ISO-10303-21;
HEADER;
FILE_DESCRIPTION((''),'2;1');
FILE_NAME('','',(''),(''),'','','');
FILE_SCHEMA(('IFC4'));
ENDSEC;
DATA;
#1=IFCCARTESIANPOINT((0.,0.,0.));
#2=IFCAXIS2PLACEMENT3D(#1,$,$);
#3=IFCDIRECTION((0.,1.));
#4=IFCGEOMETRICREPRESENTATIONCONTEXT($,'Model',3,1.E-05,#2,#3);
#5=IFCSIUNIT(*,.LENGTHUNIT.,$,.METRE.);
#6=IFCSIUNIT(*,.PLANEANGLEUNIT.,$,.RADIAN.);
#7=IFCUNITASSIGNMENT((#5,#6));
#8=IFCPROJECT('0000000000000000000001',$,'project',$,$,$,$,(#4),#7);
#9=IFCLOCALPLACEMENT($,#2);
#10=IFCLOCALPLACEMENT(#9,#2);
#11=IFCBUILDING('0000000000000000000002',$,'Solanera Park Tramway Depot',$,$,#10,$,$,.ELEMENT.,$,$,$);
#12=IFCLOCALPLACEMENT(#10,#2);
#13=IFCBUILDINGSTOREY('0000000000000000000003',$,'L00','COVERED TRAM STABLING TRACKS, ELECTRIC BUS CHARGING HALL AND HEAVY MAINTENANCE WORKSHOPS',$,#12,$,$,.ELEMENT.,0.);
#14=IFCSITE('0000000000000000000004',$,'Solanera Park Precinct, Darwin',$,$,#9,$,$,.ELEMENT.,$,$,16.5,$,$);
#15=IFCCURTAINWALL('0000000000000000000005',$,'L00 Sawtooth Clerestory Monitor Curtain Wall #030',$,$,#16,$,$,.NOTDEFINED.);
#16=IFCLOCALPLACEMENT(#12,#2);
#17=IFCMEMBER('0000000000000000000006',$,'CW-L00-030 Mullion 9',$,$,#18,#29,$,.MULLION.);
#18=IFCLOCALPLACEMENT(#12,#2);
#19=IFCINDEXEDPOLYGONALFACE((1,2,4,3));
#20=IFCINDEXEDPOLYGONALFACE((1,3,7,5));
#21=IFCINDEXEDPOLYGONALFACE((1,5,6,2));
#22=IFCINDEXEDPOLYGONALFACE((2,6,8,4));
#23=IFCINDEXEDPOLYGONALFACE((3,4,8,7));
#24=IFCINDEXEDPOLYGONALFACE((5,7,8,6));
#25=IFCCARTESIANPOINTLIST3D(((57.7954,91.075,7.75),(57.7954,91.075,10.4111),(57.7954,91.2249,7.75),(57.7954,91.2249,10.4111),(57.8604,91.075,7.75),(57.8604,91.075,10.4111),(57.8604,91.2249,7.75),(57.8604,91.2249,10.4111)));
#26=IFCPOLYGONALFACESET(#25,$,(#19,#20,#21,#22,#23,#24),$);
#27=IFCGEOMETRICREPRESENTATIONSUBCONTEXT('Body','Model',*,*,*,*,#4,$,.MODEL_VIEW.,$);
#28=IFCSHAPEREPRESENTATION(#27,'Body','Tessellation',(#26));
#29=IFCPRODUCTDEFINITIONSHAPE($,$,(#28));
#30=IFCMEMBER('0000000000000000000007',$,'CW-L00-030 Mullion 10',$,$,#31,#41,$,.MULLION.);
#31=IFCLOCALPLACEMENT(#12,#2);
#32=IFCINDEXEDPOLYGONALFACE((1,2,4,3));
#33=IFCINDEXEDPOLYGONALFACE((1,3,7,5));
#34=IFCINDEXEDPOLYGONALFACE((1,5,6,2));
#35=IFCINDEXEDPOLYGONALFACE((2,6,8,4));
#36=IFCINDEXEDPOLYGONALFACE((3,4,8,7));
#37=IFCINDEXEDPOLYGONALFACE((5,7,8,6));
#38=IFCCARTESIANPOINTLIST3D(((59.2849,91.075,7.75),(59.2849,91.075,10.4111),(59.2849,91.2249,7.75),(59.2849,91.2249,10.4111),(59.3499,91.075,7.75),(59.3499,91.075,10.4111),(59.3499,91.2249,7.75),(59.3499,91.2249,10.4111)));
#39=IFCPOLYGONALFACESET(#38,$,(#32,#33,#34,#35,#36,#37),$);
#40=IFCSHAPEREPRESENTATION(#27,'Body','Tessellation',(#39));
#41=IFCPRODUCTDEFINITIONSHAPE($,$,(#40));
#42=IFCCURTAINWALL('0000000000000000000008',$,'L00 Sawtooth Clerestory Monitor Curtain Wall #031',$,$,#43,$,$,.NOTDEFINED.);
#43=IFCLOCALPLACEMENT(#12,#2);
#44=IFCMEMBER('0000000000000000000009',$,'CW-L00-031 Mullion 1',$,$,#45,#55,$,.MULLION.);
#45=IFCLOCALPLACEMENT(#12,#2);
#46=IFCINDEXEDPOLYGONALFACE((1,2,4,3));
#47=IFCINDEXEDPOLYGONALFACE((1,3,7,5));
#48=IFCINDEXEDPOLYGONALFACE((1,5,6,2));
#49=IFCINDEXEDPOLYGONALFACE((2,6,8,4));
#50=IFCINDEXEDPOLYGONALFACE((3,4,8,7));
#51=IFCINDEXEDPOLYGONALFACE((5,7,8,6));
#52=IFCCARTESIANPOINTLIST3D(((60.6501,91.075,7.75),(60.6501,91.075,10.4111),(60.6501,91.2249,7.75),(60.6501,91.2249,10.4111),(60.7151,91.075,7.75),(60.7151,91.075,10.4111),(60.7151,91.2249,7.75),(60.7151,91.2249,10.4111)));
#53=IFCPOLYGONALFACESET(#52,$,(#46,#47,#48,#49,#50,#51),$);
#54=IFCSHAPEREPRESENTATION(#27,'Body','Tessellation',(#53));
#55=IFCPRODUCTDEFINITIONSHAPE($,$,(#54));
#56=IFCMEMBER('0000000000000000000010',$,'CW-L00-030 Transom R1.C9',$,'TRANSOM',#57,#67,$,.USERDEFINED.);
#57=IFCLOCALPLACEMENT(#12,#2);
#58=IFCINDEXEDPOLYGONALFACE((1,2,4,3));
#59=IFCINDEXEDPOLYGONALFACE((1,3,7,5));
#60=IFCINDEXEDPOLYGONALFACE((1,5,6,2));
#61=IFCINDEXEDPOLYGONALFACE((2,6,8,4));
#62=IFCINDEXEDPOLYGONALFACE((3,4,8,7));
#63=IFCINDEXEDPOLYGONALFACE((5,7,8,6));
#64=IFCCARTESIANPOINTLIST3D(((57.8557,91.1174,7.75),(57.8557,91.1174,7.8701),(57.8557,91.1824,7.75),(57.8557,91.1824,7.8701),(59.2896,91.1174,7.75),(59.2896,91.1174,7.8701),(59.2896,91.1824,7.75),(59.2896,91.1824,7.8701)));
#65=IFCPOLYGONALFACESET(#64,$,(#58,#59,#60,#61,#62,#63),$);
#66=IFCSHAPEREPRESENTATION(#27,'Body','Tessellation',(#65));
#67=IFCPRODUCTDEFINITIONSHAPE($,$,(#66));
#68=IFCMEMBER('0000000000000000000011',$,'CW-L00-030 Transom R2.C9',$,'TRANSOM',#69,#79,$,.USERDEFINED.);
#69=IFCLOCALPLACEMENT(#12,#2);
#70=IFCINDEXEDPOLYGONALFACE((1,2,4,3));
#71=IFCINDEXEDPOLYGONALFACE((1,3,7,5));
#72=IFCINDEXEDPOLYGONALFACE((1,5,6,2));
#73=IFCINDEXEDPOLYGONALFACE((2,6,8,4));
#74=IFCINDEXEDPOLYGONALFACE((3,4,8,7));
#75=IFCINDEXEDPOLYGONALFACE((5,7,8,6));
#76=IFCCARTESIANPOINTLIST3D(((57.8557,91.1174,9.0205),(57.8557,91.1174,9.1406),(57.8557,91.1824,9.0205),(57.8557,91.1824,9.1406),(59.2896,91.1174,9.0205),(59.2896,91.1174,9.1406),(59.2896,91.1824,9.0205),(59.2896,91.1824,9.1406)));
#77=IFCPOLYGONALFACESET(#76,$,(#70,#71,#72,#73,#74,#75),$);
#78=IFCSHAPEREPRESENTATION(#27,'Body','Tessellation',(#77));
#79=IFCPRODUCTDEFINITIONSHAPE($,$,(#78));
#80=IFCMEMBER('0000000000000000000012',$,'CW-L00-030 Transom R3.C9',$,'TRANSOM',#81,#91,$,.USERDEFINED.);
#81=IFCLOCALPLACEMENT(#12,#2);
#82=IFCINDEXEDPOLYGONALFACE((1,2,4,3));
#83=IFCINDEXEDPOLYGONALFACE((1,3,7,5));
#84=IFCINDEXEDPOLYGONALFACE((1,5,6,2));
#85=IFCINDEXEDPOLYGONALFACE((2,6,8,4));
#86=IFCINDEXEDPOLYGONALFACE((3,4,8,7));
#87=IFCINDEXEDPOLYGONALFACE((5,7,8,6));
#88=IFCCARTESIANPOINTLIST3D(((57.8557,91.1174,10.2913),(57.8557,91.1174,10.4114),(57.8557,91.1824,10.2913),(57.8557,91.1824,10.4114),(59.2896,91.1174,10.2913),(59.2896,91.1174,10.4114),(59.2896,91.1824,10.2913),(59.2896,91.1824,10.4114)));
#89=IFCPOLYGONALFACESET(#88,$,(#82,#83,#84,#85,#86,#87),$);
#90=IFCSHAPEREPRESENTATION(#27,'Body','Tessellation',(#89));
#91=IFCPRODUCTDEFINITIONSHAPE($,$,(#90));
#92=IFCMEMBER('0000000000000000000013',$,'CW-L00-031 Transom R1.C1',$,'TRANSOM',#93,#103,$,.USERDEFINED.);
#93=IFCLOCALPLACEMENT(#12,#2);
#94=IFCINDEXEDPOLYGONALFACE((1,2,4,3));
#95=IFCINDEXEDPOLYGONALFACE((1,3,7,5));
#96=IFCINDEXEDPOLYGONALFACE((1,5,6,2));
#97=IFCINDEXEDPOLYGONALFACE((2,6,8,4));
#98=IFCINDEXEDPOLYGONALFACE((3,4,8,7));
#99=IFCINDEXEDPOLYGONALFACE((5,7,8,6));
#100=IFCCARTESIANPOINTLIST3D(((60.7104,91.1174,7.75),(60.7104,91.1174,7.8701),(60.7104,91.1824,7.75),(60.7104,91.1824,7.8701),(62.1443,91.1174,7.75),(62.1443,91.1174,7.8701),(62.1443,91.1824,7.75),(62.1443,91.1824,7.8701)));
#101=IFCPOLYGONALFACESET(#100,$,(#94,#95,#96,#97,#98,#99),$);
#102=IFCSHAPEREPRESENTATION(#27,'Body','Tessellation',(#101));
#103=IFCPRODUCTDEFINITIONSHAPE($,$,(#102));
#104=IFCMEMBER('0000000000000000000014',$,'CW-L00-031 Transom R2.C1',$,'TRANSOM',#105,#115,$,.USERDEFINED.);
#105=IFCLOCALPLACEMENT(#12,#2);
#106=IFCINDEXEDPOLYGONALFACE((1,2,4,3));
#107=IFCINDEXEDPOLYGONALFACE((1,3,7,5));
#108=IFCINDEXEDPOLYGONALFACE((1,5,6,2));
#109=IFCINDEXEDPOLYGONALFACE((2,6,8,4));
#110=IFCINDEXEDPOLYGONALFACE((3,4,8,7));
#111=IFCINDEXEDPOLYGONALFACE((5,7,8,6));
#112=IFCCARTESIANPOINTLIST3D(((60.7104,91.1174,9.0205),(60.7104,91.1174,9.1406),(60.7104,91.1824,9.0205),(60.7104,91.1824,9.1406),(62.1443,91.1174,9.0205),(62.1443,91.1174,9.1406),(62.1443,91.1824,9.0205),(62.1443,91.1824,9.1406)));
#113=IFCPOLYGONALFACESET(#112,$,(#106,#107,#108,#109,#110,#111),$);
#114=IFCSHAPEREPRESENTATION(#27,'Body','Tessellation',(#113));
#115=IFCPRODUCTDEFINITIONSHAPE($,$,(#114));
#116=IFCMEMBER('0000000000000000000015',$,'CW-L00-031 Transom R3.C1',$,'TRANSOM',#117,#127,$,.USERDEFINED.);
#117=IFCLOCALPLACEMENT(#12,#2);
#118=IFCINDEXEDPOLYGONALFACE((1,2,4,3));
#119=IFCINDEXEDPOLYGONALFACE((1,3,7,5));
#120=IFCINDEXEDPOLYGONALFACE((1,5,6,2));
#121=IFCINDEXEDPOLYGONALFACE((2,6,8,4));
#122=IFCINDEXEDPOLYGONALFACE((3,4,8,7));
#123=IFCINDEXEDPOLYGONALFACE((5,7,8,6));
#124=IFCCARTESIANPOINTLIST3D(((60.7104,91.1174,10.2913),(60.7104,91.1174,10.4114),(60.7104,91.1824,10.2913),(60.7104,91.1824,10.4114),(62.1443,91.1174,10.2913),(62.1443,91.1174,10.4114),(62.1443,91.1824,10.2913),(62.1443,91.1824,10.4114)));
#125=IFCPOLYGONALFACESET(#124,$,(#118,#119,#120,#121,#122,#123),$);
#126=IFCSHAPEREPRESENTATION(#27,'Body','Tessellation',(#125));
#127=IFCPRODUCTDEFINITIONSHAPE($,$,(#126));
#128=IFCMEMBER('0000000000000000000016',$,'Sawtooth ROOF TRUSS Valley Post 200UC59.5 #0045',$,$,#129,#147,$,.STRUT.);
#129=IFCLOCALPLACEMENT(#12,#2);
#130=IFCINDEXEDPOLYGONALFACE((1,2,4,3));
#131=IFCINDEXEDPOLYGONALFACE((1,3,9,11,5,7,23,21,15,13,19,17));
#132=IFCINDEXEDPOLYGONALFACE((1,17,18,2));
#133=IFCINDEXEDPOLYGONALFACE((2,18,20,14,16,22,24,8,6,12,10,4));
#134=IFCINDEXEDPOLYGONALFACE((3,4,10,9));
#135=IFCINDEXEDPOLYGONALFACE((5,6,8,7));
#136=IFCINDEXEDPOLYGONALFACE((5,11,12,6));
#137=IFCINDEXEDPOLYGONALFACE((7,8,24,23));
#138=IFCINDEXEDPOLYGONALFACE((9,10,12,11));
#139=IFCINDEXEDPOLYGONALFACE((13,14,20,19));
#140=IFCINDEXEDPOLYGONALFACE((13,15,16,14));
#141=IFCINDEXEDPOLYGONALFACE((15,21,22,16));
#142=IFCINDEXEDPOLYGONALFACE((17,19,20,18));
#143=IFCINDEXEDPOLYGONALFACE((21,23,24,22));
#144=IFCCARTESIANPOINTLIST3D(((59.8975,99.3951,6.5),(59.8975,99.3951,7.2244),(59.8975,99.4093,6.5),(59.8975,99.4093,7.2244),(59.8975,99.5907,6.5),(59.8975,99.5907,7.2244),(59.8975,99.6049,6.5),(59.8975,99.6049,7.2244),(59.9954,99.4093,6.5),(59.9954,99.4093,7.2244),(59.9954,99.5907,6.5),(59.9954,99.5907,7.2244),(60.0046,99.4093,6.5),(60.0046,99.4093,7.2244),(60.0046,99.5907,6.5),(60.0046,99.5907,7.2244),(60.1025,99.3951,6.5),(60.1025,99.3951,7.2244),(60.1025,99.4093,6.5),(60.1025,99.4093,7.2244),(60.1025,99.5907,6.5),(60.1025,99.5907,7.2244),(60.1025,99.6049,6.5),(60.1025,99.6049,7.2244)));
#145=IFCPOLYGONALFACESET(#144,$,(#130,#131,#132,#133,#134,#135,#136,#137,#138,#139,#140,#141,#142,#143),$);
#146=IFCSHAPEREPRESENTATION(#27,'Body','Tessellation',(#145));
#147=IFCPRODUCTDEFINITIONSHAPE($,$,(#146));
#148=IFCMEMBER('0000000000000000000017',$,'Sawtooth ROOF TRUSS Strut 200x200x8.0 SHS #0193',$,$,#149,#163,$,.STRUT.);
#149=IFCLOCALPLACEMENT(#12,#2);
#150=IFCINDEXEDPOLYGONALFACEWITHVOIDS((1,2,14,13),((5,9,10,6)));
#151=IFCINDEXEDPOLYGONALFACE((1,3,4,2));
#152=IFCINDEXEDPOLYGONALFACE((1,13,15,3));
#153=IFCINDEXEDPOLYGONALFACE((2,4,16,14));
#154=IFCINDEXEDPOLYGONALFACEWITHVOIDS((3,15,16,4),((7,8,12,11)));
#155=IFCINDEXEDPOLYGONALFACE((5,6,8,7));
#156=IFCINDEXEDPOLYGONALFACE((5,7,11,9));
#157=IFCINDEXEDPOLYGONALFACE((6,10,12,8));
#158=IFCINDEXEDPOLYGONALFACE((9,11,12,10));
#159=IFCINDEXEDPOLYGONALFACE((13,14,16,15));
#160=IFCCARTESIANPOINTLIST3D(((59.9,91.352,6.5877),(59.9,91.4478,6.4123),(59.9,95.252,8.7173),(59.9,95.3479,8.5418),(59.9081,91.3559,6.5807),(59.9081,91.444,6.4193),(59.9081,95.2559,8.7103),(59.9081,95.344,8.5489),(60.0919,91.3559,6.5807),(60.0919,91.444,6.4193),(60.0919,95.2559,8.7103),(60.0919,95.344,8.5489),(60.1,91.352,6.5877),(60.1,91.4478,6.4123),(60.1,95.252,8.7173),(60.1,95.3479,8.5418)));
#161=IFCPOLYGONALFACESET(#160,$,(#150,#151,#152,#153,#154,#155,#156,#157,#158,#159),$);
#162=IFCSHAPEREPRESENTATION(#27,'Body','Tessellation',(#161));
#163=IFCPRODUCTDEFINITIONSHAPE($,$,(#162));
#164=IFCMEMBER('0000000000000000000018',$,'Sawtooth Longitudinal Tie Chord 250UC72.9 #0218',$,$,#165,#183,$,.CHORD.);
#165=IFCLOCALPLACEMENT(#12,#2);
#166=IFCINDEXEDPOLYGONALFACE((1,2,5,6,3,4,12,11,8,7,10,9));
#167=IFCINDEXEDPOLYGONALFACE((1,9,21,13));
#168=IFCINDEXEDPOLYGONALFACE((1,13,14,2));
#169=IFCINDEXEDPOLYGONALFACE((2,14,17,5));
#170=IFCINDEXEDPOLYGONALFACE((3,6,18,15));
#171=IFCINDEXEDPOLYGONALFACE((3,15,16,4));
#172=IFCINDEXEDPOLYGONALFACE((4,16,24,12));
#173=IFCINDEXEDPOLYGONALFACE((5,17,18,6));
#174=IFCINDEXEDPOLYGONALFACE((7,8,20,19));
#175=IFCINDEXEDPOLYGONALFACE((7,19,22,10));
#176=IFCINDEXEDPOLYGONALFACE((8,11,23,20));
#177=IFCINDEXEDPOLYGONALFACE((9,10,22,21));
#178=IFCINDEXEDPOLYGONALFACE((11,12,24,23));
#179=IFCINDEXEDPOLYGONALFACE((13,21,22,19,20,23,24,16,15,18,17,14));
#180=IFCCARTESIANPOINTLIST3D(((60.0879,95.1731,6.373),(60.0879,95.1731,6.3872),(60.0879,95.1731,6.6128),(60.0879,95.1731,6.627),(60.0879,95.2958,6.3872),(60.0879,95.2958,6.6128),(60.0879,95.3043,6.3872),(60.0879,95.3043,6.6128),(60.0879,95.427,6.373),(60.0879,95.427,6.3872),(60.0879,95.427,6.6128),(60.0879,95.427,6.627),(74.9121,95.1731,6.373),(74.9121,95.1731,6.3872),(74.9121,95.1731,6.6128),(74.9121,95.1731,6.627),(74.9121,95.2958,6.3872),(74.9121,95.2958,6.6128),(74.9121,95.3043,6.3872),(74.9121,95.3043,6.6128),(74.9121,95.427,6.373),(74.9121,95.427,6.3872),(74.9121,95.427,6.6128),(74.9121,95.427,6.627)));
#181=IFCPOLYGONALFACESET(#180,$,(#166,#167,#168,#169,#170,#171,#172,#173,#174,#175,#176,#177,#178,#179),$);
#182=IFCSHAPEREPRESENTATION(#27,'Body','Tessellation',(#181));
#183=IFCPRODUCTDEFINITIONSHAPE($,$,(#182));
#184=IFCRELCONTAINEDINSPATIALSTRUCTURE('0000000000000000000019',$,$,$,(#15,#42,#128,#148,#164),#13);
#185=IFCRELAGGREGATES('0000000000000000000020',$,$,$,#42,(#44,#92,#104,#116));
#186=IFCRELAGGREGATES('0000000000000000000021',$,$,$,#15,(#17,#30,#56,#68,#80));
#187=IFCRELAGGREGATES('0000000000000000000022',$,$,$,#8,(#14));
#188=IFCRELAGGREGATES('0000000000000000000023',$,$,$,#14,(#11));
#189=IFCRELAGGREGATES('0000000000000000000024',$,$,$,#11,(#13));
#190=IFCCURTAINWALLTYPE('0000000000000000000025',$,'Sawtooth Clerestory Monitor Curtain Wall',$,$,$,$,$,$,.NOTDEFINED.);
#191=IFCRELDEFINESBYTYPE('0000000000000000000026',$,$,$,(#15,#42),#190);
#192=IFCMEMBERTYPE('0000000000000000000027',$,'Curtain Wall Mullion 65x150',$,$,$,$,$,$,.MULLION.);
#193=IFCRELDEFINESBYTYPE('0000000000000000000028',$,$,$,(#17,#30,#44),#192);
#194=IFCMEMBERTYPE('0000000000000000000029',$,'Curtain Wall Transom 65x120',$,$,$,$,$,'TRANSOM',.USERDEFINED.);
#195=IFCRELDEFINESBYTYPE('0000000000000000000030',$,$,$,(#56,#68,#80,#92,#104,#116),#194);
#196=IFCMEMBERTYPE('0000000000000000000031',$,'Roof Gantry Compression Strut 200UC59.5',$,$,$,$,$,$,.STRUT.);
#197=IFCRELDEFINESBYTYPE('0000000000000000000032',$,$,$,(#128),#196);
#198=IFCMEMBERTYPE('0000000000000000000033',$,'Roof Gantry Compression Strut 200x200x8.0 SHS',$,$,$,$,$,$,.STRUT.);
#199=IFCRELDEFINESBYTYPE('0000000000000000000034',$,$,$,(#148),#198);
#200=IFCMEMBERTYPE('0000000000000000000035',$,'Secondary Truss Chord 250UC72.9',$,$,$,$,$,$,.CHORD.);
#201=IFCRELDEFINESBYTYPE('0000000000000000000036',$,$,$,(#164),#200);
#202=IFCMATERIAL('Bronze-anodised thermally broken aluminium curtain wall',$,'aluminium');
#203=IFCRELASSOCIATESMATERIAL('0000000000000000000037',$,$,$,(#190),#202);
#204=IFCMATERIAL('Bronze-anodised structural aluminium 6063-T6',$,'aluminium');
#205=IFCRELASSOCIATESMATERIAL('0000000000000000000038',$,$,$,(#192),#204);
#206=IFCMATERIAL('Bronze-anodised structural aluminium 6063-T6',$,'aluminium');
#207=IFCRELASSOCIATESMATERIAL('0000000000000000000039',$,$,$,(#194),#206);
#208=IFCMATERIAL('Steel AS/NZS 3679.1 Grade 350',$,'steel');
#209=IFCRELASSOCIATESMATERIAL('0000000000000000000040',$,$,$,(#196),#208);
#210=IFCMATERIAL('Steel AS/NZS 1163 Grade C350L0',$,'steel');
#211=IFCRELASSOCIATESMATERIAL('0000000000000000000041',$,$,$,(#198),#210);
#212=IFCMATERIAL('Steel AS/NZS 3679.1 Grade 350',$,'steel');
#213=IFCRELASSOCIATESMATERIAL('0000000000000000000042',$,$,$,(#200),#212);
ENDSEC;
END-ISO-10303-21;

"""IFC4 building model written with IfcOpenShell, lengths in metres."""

from ifc_helpers import new_model, si_unit, direction, frame, origin, origin_2d, place, context, subcontext, project, spatial, rectangle, hollow_rectangle, i_section, extrude, material, material_profile, profile_set, type_object, element, aggregate, save


model = new_model("IFC4")

# Units and contexts
model_context = context("Model", 3, precision=1e-05, world=origin(), true_north=direction((0.0, 1.0)))
body_context = subcontext(model_context, "Body", "Model", "MODEL_VIEW")
ifc_project = project(units=[si_unit("LENGTHUNIT", "METRE"), si_unit("PLANEANGLEUNIT", "RADIAN")], contexts=[model_context])

# Site, building, storey
site_placement = place(None, origin())
site = spatial("IfcSite", under=ifc_project, at=site_placement, Name="Solanera Park Precinct, Darwin", CompositionType="ELEMENT", RefElevation=16.5)
building_placement = place(site_placement, origin())
building = spatial("IfcBuilding", under=site, at=building_placement, Name="Solanera Park Tramway Depot", CompositionType="ELEMENT")
storey_placement = place(building_placement, origin())
storey = spatial("IfcBuildingStorey", under=building, at=storey_placement, Name="L00", Description="COVERED TRAM STABLING TRACKS, ELECTRIC BUS CHARGING HALL AND HEAVY MAINTENANCE WORKSHOPS", CompositionType="ELEMENT", Elevation=0.0)

# Curtain wall, members
ifc_material_1 = material(Name="Bronze-anodised thermally broken aluminium curtain wall", Category="aluminium")
curtain_wall_type = type_object("IfcCurtainWallType", Name="Sawtooth Clerestory Monitor Curtain Wall", PredefinedType="NOTDEFINED", material=ifc_material_1)
curtain_wall_1_placement = place(storey_placement, origin())
curtain_wall_1 = element("IfcCurtainWall", 1, at=curtain_wall_1_placement, inside=storey, type_object=curtain_wall_type, Name="L00 Sawtooth Clerestory Monitor Curtain Wall #030", PredefinedType="NOTDEFINED")
ifc_material_2 = material(Name="Bronze-anodised structural aluminium 6063-T6", Category="aluminium")
ifc_material_profile_1 = material_profile(ifc_material_2, rectangle(XDim=0.0649, YDim=0.1499, at=origin_2d()), Name="Curtain Wall Mullion 65x150")
ifc_profile_set_1 = profile_set([ifc_material_profile_1], Name="Bronze-anodised structural aluminium 6063-T6")
member_type_1 = type_object("IfcMemberType", Name="Curtain Wall Mullion 65x150", PredefinedType="MULLION", material=ifc_profile_set_1)
member_1_placement = place(storey_placement, frame((57.8279, 91.1499, 7.75), z_axis=(0.0, 0.0, 1.0), x_axis=(1.0, 0.0, 0.0)))
member_1 = element("IfcMember", 2, at=member_1_placement, type_object=member_type_1, Name="CW-L00-030 Mullion 9", PredefinedType="MULLION", context=body_context, shape_type="SweptSolid", body=[
    extrude(rectangle(XDim=0.0649, YDim=0.1499, at=origin_2d()), origin(), (0.0, 0.0, 1.0), 2.6611),
])
member_2_placement = place(storey_placement, frame((59.3174, 91.1499, 7.75), z_axis=(0.0, 0.0, 1.0), x_axis=(1.0, 0.0, 0.0)))
member_2 = element("IfcMember", 3, at=member_2_placement, type_object=member_type_1, Name="CW-L00-030 Mullion 10", PredefinedType="MULLION", context=body_context, shape_type="SweptSolid", body=[
    extrude(rectangle(XDim=0.0649, YDim=0.1499, at=origin_2d()), origin(), (0.0, 0.0, 1.0), 2.6611),
])

# Curtain wall, member
curtain_wall_2_placement = place(storey_placement, origin())
curtain_wall_2 = element("IfcCurtainWall", 4, at=curtain_wall_2_placement, inside=storey, type_object=curtain_wall_type, Name="L00 Sawtooth Clerestory Monitor Curtain Wall #031", PredefinedType="NOTDEFINED")
member_3_placement = place(storey_placement, frame((60.6826, 91.1499, 7.75), z_axis=(0.0, 0.0, 1.0), x_axis=(1.0, 0.0, 0.0)))
member_3 = element("IfcMember", 5, at=member_3_placement, type_object=member_type_1, Name="CW-L00-031 Mullion 1", PredefinedType="MULLION", context=body_context, shape_type="SweptSolid", body=[
    extrude(rectangle(XDim=0.0649, YDim=0.1499, at=origin_2d()), origin(), (0.0, 0.0, 1.0), 2.6611),
])

# Members
ifc_material_3 = material(Name="Bronze-anodised structural aluminium 6063-T6", Category="aluminium")
ifc_material_profile_2 = material_profile(ifc_material_3, rectangle(XDim=0.0649, YDim=0.1201, at=origin_2d()), Name="Curtain Wall Transom 65x120")
ifc_profile_set_2 = profile_set([ifc_material_profile_2], Name="Bronze-anodised structural aluminium 6063-T6")
member_type_2 = type_object("IfcMemberType", Name="Curtain Wall Transom 65x120", ElementType="TRANSOM", PredefinedType="USERDEFINED", material=ifc_profile_set_2)
member_4_placement = place(storey_placement, frame((57.8557, 91.1499, 7.8101), z_axis=(1.0, 0.0, 0.0), x_axis=(0.0, 1.0, 0.0)))
member_4 = element("IfcMember", 6, at=member_4_placement, type_object=member_type_2, Name="CW-L00-030 Transom R1.C9", ObjectType="TRANSOM", PredefinedType="USERDEFINED", context=body_context, shape_type="SweptSolid", body=[
    extrude(rectangle(XDim=0.0649, YDim=0.1201, at=origin_2d()), origin(), (0.0, 0.0, 1.0), 1.4338),
])
member_5_placement = place(storey_placement, frame((57.8557, 91.1499, 9.0806), z_axis=(1.0, 0.0, 0.0), x_axis=(0.0, 1.0, 0.0)))
member_5 = element("IfcMember", 7, at=member_5_placement, type_object=member_type_2, Name="CW-L00-030 Transom R2.C9", ObjectType="TRANSOM", PredefinedType="USERDEFINED", context=body_context, shape_type="SweptSolid", body=[
    extrude(rectangle(XDim=0.0649, YDim=0.1201, at=origin_2d()), origin(), (0.0, 0.0, 1.0), 1.4338),
])
member_6_placement = place(storey_placement, frame((57.8557, 91.1499, 10.3513), z_axis=(1.0, 0.0, 0.0), x_axis=(0.0, 1.0, 0.0)))
member_6 = element("IfcMember", 8, at=member_6_placement, type_object=member_type_2, Name="CW-L00-030 Transom R3.C9", ObjectType="TRANSOM", PredefinedType="USERDEFINED", context=body_context, shape_type="SweptSolid", body=[
    extrude(rectangle(XDim=0.0649, YDim=0.1201, at=origin_2d()), origin(), (0.0, 0.0, 1.0), 1.4338),
])
member_7_placement = place(storey_placement, frame((60.7104, 91.1499, 7.8101), z_axis=(1.0, 0.0, 0.0), x_axis=(0.0, 1.0, 0.0)))
member_7 = element("IfcMember", 9, at=member_7_placement, type_object=member_type_2, Name="CW-L00-031 Transom R1.C1", ObjectType="TRANSOM", PredefinedType="USERDEFINED", context=body_context, shape_type="SweptSolid", body=[
    extrude(rectangle(XDim=0.0649, YDim=0.1201, at=origin_2d()), origin(), (0.0, 0.0, 1.0), 1.4338),
])
member_8_placement = place(storey_placement, frame((60.7104, 91.1499, 9.0806), z_axis=(1.0, 0.0, 0.0), x_axis=(0.0, 1.0, 0.0)))
member_8 = element("IfcMember", 10, at=member_8_placement, type_object=member_type_2, Name="CW-L00-031 Transom R2.C1", ObjectType="TRANSOM", PredefinedType="USERDEFINED", context=body_context, shape_type="SweptSolid", body=[
    extrude(rectangle(XDim=0.0649, YDim=0.1201, at=origin_2d()), origin(), (0.0, 0.0, 1.0), 1.4338),
])
member_9_placement = place(storey_placement, frame((60.7104, 91.1499, 10.3513), z_axis=(1.0, 0.0, 0.0), x_axis=(0.0, 1.0, 0.0)))
member_9 = element("IfcMember", 11, at=member_9_placement, type_object=member_type_2, Name="CW-L00-031 Transom R3.C1", ObjectType="TRANSOM", PredefinedType="USERDEFINED", context=body_context, shape_type="SweptSolid", body=[
    extrude(rectangle(XDim=0.0649, YDim=0.1201, at=origin_2d()), origin(), (0.0, 0.0, 1.0), 1.4338),
])
aggregate(curtain_wall_2, [member_3, member_7, member_8, member_9])

# Members
ifc_material_4 = material(Name="Steel AS/NZS 3679.1 Grade 350", Category="steel")
ifc_material_profile_3 = material_profile(ifc_material_4, i_section(OverallWidth=0.2051, OverallDepth=0.2097, WebThickness=0.0093, FlangeThickness=0.0142, at=origin_2d()), Name="200UC59.5")
ifc_profile_set_3 = profile_set([ifc_material_profile_3], Name="Steel AS/NZS 3679.1 Grade 350")
member_type_3 = type_object("IfcMemberType", Name="Roof Gantry Compression Strut 200UC59.5", PredefinedType="STRUT", material=ifc_profile_set_3)
member_10_placement = place(storey_placement, frame((60.0, 99.5, 6.5), z_axis=(0.0, 0.0, 1.0), x_axis=(1.0, 0.0, 0.0)))
element("IfcMember", 12, at=member_10_placement, inside=storey, type_object=member_type_3, Name="Sawtooth ROOF TRUSS Valley Post 200UC59.5 #0045", PredefinedType="STRUT", context=body_context, shape_type="SweptSolid", body=[
    extrude(i_section(OverallWidth=0.2051, OverallDepth=0.2097, WebThickness=0.0093, FlangeThickness=0.0142, at=origin_2d()), origin(), (0.0, 0.0, 1.0), 0.7244),
])
ifc_material_5 = material(Name="Steel AS/NZS 1163 Grade C350L0", Category="steel")
ifc_material_profile_4 = material_profile(ifc_material_5, hollow_rectangle(XDim=0.2, YDim=0.2, WallThickness=0.0081, at=origin_2d()), Name="200x200x8.0 SHS")
ifc_profile_set_4 = profile_set([ifc_material_profile_4], Name="Steel AS/NZS 1163 Grade C350L0")
member_type_4 = type_object("IfcMemberType", Name="Roof Gantry Compression Strut 200x200x8.0 SHS", PredefinedType="STRUT", material=ifc_profile_set_4)
member_11_placement = place(storey_placement, frame((60.0, 91.3999, 6.5), z_axis=(0.0, 0.877679, 0.479249), x_axis=(-1.0, 0.0, 0.0)))
element("IfcMember", 13, at=member_11_placement, inside=storey, type_object=member_type_4, Name="Sawtooth ROOF TRUSS Strut 200x200x8.0 SHS #0193", PredefinedType="STRUT", context=body_context, shape_type="SweptSolid", body=[
    extrude(hollow_rectangle(XDim=0.2, YDim=0.2, WallThickness=0.0081, at=origin_2d()), origin(), (0.0, 0.0, 1.0), 4.4436),
])
ifc_material_6 = material(Name="Steel AS/NZS 3679.1 Grade 350", Category="steel")
ifc_material_profile_5 = material_profile(ifc_material_6, i_section(OverallWidth=0.2539, OverallDepth=0.2539, WebThickness=0.0085, FlangeThickness=0.0142, at=origin_2d()), Name="250UC72.9")
ifc_profile_set_5 = profile_set([ifc_material_profile_5], Name="Steel AS/NZS 3679.1 Grade 350")
member_type_5 = type_object("IfcMemberType", Name="Secondary Truss Chord 250UC72.9", PredefinedType="CHORD", material=ifc_profile_set_5)
member_12_placement = place(storey_placement, frame((60.0879, 95.3, 6.5), z_axis=(1.0, 0.0, 0.0), x_axis=(0.0, 1.0, 0.0)))
element("IfcMember", 14, at=member_12_placement, inside=storey, type_object=member_type_5, Name="Sawtooth Longitudinal Tie Chord 250UC72.9 #0218", PredefinedType="CHORD", context=body_context, shape_type="SweptSolid", body=[
    extrude(i_section(OverallWidth=0.2539, OverallDepth=0.2539, WebThickness=0.0085, FlangeThickness=0.0142, at=origin_2d()), origin(), (0.0, 0.0, 1.0), 14.8242),
])

aggregate(curtain_wall_1, [member_1, member_2, member_4, member_5, member_6])

save(model, "model.ifc")
